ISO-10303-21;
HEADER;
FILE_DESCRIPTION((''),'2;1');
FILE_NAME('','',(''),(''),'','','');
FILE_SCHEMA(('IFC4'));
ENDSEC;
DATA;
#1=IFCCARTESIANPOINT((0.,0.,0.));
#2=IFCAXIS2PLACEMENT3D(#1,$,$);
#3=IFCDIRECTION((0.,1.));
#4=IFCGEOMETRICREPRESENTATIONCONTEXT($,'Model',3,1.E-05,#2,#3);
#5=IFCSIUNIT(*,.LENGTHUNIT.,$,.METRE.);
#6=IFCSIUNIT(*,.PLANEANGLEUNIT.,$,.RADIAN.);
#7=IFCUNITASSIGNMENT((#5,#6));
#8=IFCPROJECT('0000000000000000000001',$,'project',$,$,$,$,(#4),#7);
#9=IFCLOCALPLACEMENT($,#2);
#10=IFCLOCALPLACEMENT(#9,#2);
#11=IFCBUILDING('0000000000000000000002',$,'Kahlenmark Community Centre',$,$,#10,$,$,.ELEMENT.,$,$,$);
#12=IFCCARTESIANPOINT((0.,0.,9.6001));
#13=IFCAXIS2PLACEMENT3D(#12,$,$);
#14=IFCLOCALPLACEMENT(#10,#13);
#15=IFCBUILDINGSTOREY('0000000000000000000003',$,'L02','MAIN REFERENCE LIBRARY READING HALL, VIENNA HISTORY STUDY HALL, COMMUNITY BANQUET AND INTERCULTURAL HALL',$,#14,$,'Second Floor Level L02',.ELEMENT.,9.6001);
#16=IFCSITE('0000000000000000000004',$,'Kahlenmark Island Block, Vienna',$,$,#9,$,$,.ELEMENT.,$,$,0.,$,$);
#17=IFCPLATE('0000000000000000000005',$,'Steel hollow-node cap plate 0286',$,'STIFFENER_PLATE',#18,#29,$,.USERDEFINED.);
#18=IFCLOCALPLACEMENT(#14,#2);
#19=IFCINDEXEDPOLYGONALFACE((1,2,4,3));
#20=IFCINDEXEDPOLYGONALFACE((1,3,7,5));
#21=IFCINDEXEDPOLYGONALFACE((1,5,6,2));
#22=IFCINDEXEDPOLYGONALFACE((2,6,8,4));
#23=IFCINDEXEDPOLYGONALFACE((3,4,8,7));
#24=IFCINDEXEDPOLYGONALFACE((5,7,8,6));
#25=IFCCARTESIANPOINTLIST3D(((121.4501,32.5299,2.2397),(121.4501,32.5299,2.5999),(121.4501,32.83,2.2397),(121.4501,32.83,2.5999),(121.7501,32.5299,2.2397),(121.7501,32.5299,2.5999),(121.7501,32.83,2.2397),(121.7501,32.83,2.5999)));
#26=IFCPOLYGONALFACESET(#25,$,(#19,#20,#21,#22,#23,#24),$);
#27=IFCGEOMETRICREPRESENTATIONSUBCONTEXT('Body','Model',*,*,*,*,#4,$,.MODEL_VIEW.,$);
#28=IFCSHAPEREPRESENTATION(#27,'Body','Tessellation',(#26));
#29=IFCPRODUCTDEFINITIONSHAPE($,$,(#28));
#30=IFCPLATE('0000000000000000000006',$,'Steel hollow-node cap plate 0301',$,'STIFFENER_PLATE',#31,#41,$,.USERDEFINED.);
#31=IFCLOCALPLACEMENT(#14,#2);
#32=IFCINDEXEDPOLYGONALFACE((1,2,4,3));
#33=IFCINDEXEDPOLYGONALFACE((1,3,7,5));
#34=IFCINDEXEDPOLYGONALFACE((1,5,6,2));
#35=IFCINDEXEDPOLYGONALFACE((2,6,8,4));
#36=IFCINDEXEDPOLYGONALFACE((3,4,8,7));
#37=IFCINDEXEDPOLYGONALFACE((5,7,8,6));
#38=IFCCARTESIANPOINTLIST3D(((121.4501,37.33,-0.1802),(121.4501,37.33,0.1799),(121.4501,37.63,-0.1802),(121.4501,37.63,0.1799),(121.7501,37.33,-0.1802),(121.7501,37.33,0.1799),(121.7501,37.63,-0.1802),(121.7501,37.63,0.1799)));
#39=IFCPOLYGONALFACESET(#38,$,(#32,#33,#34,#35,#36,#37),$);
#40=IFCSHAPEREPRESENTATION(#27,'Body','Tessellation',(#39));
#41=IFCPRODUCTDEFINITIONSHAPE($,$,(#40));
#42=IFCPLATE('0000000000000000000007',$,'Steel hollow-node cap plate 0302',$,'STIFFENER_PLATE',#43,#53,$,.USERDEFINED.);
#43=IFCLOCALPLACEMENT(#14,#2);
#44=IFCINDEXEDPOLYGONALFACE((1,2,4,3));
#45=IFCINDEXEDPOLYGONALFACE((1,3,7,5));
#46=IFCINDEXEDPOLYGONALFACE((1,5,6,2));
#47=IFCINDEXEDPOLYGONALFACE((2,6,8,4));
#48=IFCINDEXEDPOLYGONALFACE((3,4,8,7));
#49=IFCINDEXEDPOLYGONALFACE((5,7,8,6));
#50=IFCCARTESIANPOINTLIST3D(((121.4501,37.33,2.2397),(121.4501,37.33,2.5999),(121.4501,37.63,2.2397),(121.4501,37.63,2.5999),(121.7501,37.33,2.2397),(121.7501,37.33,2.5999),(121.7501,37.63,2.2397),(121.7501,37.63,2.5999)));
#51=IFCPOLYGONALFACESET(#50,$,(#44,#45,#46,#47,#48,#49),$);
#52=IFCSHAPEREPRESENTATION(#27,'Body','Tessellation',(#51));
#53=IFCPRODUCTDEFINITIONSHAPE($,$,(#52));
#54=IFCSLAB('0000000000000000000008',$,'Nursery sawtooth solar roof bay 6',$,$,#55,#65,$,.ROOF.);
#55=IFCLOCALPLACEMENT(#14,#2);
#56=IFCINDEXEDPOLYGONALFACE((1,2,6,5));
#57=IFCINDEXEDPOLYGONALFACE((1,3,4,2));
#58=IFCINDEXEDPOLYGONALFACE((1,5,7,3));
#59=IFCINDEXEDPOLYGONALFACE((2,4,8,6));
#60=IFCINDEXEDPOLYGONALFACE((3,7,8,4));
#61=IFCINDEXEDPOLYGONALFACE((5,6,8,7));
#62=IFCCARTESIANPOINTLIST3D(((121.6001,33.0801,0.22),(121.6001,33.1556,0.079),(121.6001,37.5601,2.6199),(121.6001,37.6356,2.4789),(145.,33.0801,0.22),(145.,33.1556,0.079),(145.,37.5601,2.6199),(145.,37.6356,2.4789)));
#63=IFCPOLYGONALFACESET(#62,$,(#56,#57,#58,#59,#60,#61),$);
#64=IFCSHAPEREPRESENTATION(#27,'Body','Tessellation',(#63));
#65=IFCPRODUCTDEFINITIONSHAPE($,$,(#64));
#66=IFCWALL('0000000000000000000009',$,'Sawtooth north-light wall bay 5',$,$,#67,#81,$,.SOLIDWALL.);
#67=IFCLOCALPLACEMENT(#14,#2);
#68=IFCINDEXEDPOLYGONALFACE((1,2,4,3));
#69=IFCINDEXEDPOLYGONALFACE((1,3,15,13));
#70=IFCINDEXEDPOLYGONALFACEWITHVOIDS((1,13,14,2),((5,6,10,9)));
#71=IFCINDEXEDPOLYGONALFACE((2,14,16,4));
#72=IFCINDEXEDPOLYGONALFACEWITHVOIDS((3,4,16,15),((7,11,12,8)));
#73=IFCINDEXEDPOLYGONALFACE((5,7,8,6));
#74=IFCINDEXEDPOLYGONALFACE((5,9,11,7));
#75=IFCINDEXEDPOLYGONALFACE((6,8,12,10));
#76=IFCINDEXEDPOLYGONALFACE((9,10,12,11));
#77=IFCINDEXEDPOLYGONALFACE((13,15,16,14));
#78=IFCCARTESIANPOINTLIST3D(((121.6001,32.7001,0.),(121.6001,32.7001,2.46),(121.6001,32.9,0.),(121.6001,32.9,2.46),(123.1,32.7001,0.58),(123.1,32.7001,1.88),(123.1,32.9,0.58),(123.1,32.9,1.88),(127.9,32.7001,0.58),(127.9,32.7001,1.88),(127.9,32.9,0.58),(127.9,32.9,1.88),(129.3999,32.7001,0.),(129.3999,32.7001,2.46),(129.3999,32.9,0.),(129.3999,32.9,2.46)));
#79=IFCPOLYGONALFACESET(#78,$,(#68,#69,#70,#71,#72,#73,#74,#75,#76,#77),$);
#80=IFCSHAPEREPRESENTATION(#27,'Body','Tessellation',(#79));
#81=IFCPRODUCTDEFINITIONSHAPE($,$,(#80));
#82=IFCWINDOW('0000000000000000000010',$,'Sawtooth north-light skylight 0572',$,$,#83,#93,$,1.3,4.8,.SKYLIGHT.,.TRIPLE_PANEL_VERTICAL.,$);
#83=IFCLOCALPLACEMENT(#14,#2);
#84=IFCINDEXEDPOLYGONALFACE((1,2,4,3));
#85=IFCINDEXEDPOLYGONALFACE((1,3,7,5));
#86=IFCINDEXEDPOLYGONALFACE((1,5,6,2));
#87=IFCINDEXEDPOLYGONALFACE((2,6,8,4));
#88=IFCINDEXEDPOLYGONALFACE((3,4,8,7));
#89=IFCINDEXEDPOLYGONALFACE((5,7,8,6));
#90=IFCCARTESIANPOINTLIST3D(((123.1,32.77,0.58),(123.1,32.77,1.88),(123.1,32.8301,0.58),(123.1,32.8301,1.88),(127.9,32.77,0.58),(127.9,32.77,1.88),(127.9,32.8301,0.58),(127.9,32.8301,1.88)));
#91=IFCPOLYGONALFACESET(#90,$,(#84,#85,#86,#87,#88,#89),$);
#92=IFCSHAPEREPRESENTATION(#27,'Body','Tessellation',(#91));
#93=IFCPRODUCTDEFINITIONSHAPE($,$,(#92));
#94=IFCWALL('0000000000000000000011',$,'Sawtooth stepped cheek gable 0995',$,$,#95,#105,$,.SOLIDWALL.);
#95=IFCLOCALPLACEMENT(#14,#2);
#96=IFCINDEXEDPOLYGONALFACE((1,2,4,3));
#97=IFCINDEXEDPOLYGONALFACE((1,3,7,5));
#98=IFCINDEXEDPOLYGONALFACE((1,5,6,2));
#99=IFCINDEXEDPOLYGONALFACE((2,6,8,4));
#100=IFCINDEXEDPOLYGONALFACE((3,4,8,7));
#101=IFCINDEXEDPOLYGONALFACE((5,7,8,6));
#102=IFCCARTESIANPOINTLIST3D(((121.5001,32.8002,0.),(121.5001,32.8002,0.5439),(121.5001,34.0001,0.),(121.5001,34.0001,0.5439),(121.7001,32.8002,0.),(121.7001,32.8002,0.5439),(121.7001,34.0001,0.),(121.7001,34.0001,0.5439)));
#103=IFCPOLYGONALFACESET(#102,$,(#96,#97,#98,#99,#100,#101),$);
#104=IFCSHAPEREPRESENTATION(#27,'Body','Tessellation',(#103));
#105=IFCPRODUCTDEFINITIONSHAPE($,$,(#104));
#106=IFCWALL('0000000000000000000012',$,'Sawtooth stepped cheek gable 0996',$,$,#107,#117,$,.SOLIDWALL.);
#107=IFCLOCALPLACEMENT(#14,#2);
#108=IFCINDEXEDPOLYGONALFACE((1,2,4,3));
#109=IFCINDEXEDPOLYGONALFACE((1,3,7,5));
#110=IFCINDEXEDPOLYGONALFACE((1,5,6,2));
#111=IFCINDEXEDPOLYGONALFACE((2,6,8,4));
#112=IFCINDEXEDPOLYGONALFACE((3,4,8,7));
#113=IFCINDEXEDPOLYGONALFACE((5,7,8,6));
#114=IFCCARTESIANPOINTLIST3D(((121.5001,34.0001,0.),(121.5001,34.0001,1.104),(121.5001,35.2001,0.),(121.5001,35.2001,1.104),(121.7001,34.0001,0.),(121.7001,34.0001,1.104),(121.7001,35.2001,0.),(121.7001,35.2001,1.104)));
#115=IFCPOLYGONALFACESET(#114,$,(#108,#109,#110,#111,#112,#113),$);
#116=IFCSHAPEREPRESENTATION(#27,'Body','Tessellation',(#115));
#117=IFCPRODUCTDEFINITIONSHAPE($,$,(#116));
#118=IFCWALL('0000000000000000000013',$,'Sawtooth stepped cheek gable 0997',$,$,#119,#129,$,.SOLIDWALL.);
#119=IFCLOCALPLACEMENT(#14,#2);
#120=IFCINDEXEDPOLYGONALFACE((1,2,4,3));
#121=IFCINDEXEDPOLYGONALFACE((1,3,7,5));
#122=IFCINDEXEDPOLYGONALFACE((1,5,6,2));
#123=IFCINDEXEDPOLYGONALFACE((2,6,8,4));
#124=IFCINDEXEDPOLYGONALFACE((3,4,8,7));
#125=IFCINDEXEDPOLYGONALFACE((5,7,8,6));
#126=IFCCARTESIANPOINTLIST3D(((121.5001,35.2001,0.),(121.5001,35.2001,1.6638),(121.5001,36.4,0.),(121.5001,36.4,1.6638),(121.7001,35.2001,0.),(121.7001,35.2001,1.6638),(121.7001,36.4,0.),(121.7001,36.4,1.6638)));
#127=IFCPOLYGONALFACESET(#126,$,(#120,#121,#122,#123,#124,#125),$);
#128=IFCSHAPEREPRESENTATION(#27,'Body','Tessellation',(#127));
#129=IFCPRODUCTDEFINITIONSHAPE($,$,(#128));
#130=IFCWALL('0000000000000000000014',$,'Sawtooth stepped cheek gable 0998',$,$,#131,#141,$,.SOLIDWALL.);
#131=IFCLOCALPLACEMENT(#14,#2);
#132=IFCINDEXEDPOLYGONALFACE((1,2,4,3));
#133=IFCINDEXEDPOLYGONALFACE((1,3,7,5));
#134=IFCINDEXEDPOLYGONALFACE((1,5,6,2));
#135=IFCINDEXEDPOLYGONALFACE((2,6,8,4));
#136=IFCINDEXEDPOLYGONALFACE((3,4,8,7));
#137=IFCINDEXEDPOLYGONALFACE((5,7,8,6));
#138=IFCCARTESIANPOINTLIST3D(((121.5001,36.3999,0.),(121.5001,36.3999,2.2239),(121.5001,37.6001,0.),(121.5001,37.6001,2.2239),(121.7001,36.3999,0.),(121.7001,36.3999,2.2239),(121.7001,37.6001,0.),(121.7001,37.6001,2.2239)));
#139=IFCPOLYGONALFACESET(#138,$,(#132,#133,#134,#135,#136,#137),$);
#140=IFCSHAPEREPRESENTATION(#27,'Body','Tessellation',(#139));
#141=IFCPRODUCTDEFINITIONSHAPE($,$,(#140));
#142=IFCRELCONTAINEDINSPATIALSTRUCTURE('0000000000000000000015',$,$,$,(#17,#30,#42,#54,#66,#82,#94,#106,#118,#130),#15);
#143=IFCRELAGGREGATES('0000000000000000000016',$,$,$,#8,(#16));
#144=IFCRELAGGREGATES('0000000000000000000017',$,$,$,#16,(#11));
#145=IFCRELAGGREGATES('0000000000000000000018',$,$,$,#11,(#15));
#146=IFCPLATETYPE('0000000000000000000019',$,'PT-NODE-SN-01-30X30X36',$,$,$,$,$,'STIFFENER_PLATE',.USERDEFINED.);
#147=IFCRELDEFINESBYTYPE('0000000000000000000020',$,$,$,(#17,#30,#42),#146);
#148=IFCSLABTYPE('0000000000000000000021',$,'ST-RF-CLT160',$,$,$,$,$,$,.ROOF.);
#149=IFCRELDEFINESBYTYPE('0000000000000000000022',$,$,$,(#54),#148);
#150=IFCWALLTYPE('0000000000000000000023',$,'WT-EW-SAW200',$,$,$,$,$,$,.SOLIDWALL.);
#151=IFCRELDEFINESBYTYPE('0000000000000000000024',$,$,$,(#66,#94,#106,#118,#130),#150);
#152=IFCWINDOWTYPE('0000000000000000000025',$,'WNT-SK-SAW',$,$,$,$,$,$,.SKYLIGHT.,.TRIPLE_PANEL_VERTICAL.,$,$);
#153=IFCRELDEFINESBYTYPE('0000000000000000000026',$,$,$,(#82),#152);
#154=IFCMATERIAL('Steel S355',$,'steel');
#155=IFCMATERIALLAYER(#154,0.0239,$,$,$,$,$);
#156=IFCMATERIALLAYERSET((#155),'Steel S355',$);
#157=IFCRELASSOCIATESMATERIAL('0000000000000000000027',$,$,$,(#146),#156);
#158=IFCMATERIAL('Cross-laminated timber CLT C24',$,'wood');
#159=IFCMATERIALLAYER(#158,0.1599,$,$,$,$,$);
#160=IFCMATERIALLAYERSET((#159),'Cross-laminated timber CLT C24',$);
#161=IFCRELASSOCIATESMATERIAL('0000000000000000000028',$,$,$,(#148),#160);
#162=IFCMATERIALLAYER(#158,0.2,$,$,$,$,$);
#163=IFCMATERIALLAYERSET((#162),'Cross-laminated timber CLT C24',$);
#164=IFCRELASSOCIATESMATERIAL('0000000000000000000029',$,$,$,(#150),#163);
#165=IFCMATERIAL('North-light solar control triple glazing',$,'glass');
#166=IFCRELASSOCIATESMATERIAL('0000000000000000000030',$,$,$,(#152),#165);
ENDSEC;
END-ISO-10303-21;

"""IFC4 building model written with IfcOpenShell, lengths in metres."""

from ifc_helpers import new_model, si_unit, direction, frame, frame_2d, origin, origin_2d, place, context, subcontext, project, spatial, polyline, rectangle, outline, extrude, material, layer, layer_set, type_object, element, fill, save


model = new_model("IFC4")

# Units and contexts
model_context = context("Model", 3, precision=1e-05, world=origin(), true_north=direction((0.0, 1.0)))
body_context = subcontext(model_context, "Body", "Model", "MODEL_VIEW")
ifc_project = project(units=[si_unit("LENGTHUNIT", "METRE"), si_unit("PLANEANGLEUNIT", "RADIAN")], contexts=[model_context])

# Site, building, storey
site_placement = place(None, origin())
site = spatial("IfcSite", under=ifc_project, at=site_placement, Name="Kahlenmark Island Block, Vienna", CompositionType="ELEMENT", RefElevation=0.0)
building_placement = place(site_placement, origin())
building = spatial("IfcBuilding", under=site, at=building_placement, Name="Kahlenmark Community Centre", CompositionType="ELEMENT")
storey_placement = place(building_placement, frame((0.0, 0.0, 9.6001)))
storey = spatial("IfcBuildingStorey", under=building, at=storey_placement, Name="L02", Description="MAIN REFERENCE LIBRARY READING HALL, VIENNA HISTORY STUDY HALL, COMMUNITY BANQUET AND INTERCULTURAL HALL", LongName="Second Floor Level L02", CompositionType="ELEMENT", Elevation=9.6001)

# Shared definitions
ifc_material_1 = material(Name="Steel S355", Category="steel")

# Plates
ifc_layer_1 = layer(ifc_material_1, 0.0239)
ifc_layer_set_1 = layer_set([ifc_layer_1], Name="Steel S355")
plate_type_1 = type_object("IfcPlateType", Name="PT-NODE-SN-01-30X30X36", ElementType="STIFFENER_PLATE", PredefinedType="USERDEFINED", material=ifc_layer_set_1)
for number, where, z_axis, x_axis, name in (
    (1, (121.6001, 32.6799, 2.2397), (0.0, 0.0, 1.0), (1.0, 0.0, 0.0), "Steel hollow-node cap plate 0286"),
    (2, (121.6001, 37.48, -0.1802), (0.0, 0.0, 1.0), (1.0, 0.0, 0.0), "Steel hollow-node cap plate 0301"),
    (3, (121.6001, 37.48, 2.2397), (0.0, 0.0, 1.0), (1.0, 0.0, 0.0), "Steel hollow-node cap plate 0302"),
):
    element("IfcPlate", number, at=place(storey_placement, frame(where, z_axis=z_axis, x_axis=x_axis)), inside=storey, type_object=plate_type_1, Name=name, ObjectType="STIFFENER_PLATE", PredefinedType="USERDEFINED", context=body_context, shape_type="SweptSolid", body=[
        extrude(rectangle(XDim=0.3, YDim=0.3, at=origin_2d()), origin(), (0.0, 0.0, 1.0), 0.3601),
    ])

# Slab
ifc_material_2 = material(Name="Cross-laminated timber CLT C24", Category="wood")
ifc_layer_2 = layer(ifc_material_2, 0.1599)
ifc_layer_set_2 = layer_set([ifc_layer_2], Name="Cross-laminated timber CLT C24")
slab_type = type_object("IfcSlabType", Name="ST-RF-CLT160", PredefinedType="ROOF", material=ifc_layer_set_2)
slab_placement = place(storey_placement, frame((121.6001, 33.0801, 0.22), z_axis=(0.0, -0.472208, 0.881487), x_axis=(1.0, 0.0, 0.0)))
element("IfcSlab", 4, at=slab_placement, inside=storey, type_object=slab_type, Name="Nursery sawtooth solar roof bay 6", PredefinedType="ROOF", context=body_context, shape_type="SweptSolid", body=[
    extrude(outline(polyline([(0.0, 0.0), (23.3999, 0.0), (23.3999, 5.0823), (0.0, 5.0823), (0.0, 0.0)])), origin(), (0.0, 0.0, -1.0), 0.1599),
])

# Wall, opening, window
ifc_layer_3 = layer(ifc_material_2, 0.2)
ifc_layer_set_3 = layer_set([ifc_layer_3], Name="Cross-laminated timber CLT C24")
wall_type = type_object("IfcWallType", Name="WT-EW-SAW200", PredefinedType="SOLIDWALL", material=ifc_layer_set_3)
wall_1_placement = place(storey_placement, frame((121.6001, 32.8, 0.0), z_axis=(0.0, 0.0, 1.0), x_axis=(1.0, 0.0, 0.0)))
wall_1 = element("IfcWall", 5, at=wall_1_placement, inside=storey, type_object=wall_type, Name="Sawtooth north-light wall bay 5", PredefinedType="SOLIDWALL", context=body_context, shape_type="SweptSolid", body=[
    extrude(rectangle(XDim=7.7998, YDim=0.2, at=frame_2d((3.8999, 0.0))), origin(), (0.0, 0.0, 1.0), 2.46),
])
opening_placement = place(wall_1_placement, frame((1.5, 0.0, 0.5801)))
opening = element("IfcOpeningElement", 6, at=opening_placement, cuts=wall_1, PredefinedType="OPENING", context=body_context, shape_type="SweptSolid", body=[
    extrude(rectangle(XDim=4.8, YDim=1.3, at=frame_2d((2.3999, 0.6499))), frame((0.0, 0.1099, 0.0), z_axis=(0.0, -1.0, 0.0), x_axis=(1.0, 0.0, 0.0)), (0.0, 0.0, 1.0), 0.22),
])
ifc_material_3 = material(Name="North-light solar control triple glazing", Category="glass")
window_type = type_object("IfcWindowType", Name="WNT-SK-SAW", PartitioningType="TRIPLE_PANEL_VERTICAL", PredefinedType="SKYLIGHT", material=ifc_material_3)
window_placement = place(opening_placement, origin())
window = element("IfcWindow", 7, at=window_placement, inside=storey, type_object=window_type, Name="Sawtooth north-light skylight 0572", OverallHeight=1.3, OverallWidth=4.8, PartitioningType="TRIPLE_PANEL_VERTICAL", PredefinedType="SKYLIGHT", context=body_context, shape_type="SweptSolid", body=[
    extrude(rectangle(XDim=4.8, YDim=1.3, at=frame_2d((2.3999, 0.6499))), frame((0.0, 0.03, 0.0), z_axis=(0.0, -1.0, 0.0), x_axis=(1.0, 0.0, 0.0)), (0.0, 0.0, 1.0), 0.0601),
])
fill(opening, window)

# Walls
wall_2_placement = place(storey_placement, frame((121.6001, 32.8, 0.0), z_axis=(0.0, 0.0, 1.0), x_axis=(0.0, 1.0, 0.0)))
element("IfcWall", 8, at=wall_2_placement, inside=storey, type_object=wall_type, Name="Sawtooth stepped cheek gable 0995", PredefinedType="SOLIDWALL", context=body_context, shape_type="SweptSolid", body=[
    extrude(rectangle(XDim=1.2, YDim=0.2, at=frame_2d((0.6001, 0.0))), origin(), (0.0, 0.0, 1.0), 0.5439),
])
wall_3_placement = place(storey_placement, frame((121.6001, 34.0, 0.0), z_axis=(0.0, 0.0, 1.0), x_axis=(0.0, 1.0, 0.0)))
element("IfcWall", 9, at=wall_3_placement, inside=storey, type_object=wall_type, Name="Sawtooth stepped cheek gable 0996", PredefinedType="SOLIDWALL", context=body_context, shape_type="SweptSolid", body=[
    extrude(rectangle(XDim=1.2, YDim=0.2, at=frame_2d((0.6001, 0.0))), origin(), (0.0, 0.0, 1.0), 1.104),
])
wall_4_placement = place(storey_placement, frame((121.6001, 35.2, 0.0), z_axis=(0.0, 0.0, 1.0), x_axis=(0.0, 1.0, 0.0)))
element("IfcWall", 10, at=wall_4_placement, inside=storey, type_object=wall_type, Name="Sawtooth stepped cheek gable 0997", PredefinedType="SOLIDWALL", context=body_context, shape_type="SweptSolid", body=[
    extrude(rectangle(XDim=1.2, YDim=0.2, at=frame_2d((0.6001, 0.0))), origin(), (0.0, 0.0, 1.0), 1.6638),
])
wall_5_placement = place(storey_placement, frame((121.6001, 36.3999, 0.0), z_axis=(0.0, 0.0, 1.0), x_axis=(0.0, 1.0, 0.0)))
element("IfcWall", 11, at=wall_5_placement, inside=storey, type_object=wall_type, Name="Sawtooth stepped cheek gable 0998", PredefinedType="SOLIDWALL", context=body_context, shape_type="SweptSolid", body=[
    extrude(rectangle(XDim=1.2002, YDim=0.2, at=frame_2d((0.6001, 0.0))), origin(), (0.0, 0.0, 1.0), 2.2239),
])

save(model, "model.ifc")
